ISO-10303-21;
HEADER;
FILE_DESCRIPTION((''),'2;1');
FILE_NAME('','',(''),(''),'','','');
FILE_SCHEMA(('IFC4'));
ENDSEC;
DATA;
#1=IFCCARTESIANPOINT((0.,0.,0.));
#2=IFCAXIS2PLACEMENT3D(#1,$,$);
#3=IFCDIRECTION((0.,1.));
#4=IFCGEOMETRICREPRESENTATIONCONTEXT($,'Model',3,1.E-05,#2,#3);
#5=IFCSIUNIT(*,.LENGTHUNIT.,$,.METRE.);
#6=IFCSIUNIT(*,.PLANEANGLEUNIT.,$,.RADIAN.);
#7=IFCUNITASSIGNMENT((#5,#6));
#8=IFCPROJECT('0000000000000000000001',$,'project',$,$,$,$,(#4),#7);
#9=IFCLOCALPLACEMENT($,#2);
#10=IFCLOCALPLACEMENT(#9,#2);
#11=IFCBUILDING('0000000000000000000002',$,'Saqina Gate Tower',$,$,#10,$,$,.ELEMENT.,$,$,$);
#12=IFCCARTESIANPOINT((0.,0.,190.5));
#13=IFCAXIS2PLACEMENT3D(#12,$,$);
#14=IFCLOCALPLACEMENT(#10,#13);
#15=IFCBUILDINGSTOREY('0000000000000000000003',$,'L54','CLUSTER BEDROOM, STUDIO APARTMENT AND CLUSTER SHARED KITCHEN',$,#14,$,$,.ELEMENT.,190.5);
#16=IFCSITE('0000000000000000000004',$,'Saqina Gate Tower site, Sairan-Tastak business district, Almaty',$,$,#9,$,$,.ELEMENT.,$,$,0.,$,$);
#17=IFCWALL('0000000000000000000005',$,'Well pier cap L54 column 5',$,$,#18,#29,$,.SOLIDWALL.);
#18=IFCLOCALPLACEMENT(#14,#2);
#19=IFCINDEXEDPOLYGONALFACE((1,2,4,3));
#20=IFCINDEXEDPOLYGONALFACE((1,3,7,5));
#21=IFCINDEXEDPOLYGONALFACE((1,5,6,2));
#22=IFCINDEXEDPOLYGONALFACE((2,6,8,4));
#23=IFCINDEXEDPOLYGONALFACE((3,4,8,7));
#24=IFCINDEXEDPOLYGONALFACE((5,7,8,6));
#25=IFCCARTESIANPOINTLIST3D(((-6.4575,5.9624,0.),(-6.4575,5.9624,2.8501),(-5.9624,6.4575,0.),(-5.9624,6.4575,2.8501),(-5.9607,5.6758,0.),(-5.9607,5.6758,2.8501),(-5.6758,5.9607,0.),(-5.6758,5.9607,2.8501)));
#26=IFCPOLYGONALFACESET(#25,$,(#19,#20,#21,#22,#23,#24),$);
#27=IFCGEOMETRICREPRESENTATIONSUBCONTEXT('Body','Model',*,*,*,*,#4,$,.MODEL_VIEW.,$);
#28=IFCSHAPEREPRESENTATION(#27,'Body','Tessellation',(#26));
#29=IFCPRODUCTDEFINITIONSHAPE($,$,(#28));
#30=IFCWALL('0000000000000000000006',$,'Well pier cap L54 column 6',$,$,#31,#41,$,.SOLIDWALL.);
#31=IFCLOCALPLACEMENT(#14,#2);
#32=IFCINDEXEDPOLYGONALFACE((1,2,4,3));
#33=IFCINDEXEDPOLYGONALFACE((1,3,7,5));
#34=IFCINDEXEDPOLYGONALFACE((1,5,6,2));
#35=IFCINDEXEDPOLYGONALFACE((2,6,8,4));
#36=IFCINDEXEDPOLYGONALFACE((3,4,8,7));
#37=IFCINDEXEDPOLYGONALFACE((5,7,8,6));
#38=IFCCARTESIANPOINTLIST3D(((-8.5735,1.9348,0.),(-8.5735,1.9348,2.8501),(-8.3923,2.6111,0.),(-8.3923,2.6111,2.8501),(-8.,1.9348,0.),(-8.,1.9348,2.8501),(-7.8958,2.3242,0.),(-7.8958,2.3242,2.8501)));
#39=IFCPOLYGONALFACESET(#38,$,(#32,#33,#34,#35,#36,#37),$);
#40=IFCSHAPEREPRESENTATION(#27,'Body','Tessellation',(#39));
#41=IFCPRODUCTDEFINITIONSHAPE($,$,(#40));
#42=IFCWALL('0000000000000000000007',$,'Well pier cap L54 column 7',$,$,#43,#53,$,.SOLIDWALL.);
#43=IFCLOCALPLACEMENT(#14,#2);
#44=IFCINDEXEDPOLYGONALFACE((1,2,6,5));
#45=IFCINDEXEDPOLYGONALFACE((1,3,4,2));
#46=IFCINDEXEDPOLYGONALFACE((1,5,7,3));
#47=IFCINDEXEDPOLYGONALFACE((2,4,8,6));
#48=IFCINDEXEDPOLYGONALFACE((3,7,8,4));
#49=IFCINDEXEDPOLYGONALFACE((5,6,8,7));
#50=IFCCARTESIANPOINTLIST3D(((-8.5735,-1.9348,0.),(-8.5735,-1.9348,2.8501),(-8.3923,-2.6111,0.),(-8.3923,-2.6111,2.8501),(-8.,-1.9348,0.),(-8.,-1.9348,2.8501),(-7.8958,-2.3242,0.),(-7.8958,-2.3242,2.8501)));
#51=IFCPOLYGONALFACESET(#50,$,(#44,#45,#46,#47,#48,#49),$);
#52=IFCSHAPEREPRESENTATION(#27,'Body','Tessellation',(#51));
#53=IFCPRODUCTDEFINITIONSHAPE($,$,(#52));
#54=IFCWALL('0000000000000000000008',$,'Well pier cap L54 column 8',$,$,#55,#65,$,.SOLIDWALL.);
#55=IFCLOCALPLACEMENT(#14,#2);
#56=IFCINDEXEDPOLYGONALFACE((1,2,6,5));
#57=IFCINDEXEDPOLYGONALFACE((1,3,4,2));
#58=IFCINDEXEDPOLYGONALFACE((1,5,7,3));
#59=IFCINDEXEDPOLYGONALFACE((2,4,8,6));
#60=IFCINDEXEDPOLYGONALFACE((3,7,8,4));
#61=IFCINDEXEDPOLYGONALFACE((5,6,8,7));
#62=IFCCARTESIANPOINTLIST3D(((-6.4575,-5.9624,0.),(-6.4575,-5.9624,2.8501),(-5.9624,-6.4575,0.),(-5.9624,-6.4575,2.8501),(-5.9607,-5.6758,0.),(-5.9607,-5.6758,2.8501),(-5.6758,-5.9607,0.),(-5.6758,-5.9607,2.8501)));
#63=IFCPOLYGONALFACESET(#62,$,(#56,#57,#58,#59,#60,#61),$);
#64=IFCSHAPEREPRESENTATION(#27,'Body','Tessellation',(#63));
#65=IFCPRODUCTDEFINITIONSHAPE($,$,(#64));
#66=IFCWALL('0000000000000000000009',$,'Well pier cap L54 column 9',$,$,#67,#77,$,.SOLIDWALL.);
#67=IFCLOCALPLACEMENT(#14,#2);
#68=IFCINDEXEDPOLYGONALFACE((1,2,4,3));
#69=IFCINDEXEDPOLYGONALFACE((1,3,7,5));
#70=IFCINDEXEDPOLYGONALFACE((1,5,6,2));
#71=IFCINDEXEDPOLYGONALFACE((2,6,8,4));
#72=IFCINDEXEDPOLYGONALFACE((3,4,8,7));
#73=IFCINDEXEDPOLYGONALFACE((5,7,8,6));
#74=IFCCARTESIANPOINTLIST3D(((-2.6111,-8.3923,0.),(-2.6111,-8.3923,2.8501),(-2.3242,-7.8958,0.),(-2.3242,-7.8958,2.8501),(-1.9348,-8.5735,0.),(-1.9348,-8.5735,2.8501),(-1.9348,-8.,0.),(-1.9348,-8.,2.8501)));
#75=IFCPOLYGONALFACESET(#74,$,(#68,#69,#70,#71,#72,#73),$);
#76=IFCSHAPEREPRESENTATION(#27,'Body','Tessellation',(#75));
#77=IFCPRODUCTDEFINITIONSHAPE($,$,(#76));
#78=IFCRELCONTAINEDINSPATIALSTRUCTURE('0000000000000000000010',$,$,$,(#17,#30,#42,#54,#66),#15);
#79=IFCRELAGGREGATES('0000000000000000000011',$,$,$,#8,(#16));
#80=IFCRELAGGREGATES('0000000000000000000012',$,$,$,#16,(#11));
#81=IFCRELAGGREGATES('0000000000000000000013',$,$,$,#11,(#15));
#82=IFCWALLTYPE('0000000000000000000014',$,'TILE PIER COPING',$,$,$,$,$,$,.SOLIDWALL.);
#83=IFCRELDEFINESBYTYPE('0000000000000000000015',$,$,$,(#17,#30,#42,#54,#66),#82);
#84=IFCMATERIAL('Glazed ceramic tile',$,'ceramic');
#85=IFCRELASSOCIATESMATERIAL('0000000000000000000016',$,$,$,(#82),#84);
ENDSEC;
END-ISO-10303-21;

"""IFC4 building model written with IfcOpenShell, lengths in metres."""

from ifc_helpers import new_model, si_unit, direction, frame, origin, place, context, subcontext, project, spatial, polyline, outline, extrude, material, type_object, element, save


model = new_model("IFC4")

# Units and contexts
model_context = context("Model", 3, precision=1e-05, world=origin(), true_north=direction((0.0, 1.0)))
body_context = subcontext(model_context, "Body", "Model", "MODEL_VIEW")
ifc_project = project(units=[si_unit("LENGTHUNIT", "METRE"), si_unit("PLANEANGLEUNIT", "RADIAN")], contexts=[model_context])

# Site, building, storey
site_placement = place(None, origin())
site = spatial("IfcSite", under=ifc_project, at=site_placement, Name="Saqina Gate Tower site, Sairan-Tastak business district, Almaty", CompositionType="ELEMENT", RefElevation=0.0)
building_placement = place(site_placement, origin())
building = spatial("IfcBuilding", under=site, at=building_placement, Name="Saqina Gate Tower", CompositionType="ELEMENT")
storey_placement = place(building_placement, frame((0.0, 0.0, 190.5)))
storey = spatial("IfcBuildingStorey", under=building, at=storey_placement, Name="L54", Description="CLUSTER BEDROOM, STUDIO APARTMENT AND CLUSTER SHARED KITCHEN", CompositionType="ELEMENT", Elevation=190.5)

# Walls
ifc_material_1 = material(Name="Glazed ceramic tile", Category="ceramic")
wall_type_1 = type_object("IfcWallType", Name="TILE PIER COPING", PredefinedType="SOLIDWALL", material=ifc_material_1)
wall_1_placement = place(storey_placement, origin())
element("IfcWall", 1, at=wall_1_placement, inside=storey, type_object=wall_type_1, Name="Well pier cap L54 column 5", PredefinedType="SOLIDWALL", context=body_context, shape_type="SweptSolid", body=[
    extrude(outline(polyline([(-6.4575, 5.9624), (-5.9607, 5.6758), (-5.6758, 5.9607), (-5.9624, 6.4575), (-6.4575, 5.9624)])), origin(), (0.0, 0.0, 1.0), 2.8501),
])
wall_2_placement = place(storey_placement, origin())
element("IfcWall", 2, at=wall_2_placement, inside=storey, type_object=wall_type_1, Name="Well pier cap L54 column 6", PredefinedType="SOLIDWALL", context=body_context, shape_type="SweptSolid", body=[
    extrude(outline(polyline([(-8.5735, 1.9348), (-8.0, 1.9348), (-7.8958, 2.3242), (-8.3923, 2.6111), (-8.5735, 1.9348)])), origin(), (0.0, 0.0, 1.0), 2.8501),
])
wall_3_placement = place(storey_placement, origin())
element("IfcWall", 3, at=wall_3_placement, inside=storey, type_object=wall_type_1, Name="Well pier cap L54 column 7", PredefinedType="SOLIDWALL", context=body_context, shape_type="SweptSolid", body=[
    extrude(outline(polyline([(-8.0, -1.9348), (-8.5735, -1.9348), (-8.3923, -2.6111), (-7.8958, -2.3242), (-8.0, -1.9348)])), origin(), (0.0, 0.0, 1.0), 2.8501),
])
wall_4_placement = place(storey_placement, origin())
element("IfcWall", 4, at=wall_4_placement, inside=storey, type_object=wall_type_1, Name="Well pier cap L54 column 8", PredefinedType="SOLIDWALL", context=body_context, shape_type="SweptSolid", body=[
    extrude(outline(polyline([(-6.4575, -5.9624), (-5.9624, -6.4575), (-5.6758, -5.9607), (-5.9607, -5.6758), (-6.4575, -5.9624)])), origin(), (0.0, 0.0, 1.0), 2.8501),
])
wall_5_placement = place(storey_placement, origin())
element("IfcWall", 5, at=wall_5_placement, inside=storey, type_object=wall_type_1, Name="Well pier cap L54 column 9", PredefinedType="SOLIDWALL", context=body_context, shape_type="SweptSolid", body=[
    extrude(outline(polyline([(-1.9348, -8.5735), (-1.9348, -8.0), (-2.3242, -7.8958), (-2.6111, -8.3923), (-1.9348, -8.5735)])), origin(), (0.0, 0.0, 1.0), 2.8501),
])

save(model, "model.ifc")
